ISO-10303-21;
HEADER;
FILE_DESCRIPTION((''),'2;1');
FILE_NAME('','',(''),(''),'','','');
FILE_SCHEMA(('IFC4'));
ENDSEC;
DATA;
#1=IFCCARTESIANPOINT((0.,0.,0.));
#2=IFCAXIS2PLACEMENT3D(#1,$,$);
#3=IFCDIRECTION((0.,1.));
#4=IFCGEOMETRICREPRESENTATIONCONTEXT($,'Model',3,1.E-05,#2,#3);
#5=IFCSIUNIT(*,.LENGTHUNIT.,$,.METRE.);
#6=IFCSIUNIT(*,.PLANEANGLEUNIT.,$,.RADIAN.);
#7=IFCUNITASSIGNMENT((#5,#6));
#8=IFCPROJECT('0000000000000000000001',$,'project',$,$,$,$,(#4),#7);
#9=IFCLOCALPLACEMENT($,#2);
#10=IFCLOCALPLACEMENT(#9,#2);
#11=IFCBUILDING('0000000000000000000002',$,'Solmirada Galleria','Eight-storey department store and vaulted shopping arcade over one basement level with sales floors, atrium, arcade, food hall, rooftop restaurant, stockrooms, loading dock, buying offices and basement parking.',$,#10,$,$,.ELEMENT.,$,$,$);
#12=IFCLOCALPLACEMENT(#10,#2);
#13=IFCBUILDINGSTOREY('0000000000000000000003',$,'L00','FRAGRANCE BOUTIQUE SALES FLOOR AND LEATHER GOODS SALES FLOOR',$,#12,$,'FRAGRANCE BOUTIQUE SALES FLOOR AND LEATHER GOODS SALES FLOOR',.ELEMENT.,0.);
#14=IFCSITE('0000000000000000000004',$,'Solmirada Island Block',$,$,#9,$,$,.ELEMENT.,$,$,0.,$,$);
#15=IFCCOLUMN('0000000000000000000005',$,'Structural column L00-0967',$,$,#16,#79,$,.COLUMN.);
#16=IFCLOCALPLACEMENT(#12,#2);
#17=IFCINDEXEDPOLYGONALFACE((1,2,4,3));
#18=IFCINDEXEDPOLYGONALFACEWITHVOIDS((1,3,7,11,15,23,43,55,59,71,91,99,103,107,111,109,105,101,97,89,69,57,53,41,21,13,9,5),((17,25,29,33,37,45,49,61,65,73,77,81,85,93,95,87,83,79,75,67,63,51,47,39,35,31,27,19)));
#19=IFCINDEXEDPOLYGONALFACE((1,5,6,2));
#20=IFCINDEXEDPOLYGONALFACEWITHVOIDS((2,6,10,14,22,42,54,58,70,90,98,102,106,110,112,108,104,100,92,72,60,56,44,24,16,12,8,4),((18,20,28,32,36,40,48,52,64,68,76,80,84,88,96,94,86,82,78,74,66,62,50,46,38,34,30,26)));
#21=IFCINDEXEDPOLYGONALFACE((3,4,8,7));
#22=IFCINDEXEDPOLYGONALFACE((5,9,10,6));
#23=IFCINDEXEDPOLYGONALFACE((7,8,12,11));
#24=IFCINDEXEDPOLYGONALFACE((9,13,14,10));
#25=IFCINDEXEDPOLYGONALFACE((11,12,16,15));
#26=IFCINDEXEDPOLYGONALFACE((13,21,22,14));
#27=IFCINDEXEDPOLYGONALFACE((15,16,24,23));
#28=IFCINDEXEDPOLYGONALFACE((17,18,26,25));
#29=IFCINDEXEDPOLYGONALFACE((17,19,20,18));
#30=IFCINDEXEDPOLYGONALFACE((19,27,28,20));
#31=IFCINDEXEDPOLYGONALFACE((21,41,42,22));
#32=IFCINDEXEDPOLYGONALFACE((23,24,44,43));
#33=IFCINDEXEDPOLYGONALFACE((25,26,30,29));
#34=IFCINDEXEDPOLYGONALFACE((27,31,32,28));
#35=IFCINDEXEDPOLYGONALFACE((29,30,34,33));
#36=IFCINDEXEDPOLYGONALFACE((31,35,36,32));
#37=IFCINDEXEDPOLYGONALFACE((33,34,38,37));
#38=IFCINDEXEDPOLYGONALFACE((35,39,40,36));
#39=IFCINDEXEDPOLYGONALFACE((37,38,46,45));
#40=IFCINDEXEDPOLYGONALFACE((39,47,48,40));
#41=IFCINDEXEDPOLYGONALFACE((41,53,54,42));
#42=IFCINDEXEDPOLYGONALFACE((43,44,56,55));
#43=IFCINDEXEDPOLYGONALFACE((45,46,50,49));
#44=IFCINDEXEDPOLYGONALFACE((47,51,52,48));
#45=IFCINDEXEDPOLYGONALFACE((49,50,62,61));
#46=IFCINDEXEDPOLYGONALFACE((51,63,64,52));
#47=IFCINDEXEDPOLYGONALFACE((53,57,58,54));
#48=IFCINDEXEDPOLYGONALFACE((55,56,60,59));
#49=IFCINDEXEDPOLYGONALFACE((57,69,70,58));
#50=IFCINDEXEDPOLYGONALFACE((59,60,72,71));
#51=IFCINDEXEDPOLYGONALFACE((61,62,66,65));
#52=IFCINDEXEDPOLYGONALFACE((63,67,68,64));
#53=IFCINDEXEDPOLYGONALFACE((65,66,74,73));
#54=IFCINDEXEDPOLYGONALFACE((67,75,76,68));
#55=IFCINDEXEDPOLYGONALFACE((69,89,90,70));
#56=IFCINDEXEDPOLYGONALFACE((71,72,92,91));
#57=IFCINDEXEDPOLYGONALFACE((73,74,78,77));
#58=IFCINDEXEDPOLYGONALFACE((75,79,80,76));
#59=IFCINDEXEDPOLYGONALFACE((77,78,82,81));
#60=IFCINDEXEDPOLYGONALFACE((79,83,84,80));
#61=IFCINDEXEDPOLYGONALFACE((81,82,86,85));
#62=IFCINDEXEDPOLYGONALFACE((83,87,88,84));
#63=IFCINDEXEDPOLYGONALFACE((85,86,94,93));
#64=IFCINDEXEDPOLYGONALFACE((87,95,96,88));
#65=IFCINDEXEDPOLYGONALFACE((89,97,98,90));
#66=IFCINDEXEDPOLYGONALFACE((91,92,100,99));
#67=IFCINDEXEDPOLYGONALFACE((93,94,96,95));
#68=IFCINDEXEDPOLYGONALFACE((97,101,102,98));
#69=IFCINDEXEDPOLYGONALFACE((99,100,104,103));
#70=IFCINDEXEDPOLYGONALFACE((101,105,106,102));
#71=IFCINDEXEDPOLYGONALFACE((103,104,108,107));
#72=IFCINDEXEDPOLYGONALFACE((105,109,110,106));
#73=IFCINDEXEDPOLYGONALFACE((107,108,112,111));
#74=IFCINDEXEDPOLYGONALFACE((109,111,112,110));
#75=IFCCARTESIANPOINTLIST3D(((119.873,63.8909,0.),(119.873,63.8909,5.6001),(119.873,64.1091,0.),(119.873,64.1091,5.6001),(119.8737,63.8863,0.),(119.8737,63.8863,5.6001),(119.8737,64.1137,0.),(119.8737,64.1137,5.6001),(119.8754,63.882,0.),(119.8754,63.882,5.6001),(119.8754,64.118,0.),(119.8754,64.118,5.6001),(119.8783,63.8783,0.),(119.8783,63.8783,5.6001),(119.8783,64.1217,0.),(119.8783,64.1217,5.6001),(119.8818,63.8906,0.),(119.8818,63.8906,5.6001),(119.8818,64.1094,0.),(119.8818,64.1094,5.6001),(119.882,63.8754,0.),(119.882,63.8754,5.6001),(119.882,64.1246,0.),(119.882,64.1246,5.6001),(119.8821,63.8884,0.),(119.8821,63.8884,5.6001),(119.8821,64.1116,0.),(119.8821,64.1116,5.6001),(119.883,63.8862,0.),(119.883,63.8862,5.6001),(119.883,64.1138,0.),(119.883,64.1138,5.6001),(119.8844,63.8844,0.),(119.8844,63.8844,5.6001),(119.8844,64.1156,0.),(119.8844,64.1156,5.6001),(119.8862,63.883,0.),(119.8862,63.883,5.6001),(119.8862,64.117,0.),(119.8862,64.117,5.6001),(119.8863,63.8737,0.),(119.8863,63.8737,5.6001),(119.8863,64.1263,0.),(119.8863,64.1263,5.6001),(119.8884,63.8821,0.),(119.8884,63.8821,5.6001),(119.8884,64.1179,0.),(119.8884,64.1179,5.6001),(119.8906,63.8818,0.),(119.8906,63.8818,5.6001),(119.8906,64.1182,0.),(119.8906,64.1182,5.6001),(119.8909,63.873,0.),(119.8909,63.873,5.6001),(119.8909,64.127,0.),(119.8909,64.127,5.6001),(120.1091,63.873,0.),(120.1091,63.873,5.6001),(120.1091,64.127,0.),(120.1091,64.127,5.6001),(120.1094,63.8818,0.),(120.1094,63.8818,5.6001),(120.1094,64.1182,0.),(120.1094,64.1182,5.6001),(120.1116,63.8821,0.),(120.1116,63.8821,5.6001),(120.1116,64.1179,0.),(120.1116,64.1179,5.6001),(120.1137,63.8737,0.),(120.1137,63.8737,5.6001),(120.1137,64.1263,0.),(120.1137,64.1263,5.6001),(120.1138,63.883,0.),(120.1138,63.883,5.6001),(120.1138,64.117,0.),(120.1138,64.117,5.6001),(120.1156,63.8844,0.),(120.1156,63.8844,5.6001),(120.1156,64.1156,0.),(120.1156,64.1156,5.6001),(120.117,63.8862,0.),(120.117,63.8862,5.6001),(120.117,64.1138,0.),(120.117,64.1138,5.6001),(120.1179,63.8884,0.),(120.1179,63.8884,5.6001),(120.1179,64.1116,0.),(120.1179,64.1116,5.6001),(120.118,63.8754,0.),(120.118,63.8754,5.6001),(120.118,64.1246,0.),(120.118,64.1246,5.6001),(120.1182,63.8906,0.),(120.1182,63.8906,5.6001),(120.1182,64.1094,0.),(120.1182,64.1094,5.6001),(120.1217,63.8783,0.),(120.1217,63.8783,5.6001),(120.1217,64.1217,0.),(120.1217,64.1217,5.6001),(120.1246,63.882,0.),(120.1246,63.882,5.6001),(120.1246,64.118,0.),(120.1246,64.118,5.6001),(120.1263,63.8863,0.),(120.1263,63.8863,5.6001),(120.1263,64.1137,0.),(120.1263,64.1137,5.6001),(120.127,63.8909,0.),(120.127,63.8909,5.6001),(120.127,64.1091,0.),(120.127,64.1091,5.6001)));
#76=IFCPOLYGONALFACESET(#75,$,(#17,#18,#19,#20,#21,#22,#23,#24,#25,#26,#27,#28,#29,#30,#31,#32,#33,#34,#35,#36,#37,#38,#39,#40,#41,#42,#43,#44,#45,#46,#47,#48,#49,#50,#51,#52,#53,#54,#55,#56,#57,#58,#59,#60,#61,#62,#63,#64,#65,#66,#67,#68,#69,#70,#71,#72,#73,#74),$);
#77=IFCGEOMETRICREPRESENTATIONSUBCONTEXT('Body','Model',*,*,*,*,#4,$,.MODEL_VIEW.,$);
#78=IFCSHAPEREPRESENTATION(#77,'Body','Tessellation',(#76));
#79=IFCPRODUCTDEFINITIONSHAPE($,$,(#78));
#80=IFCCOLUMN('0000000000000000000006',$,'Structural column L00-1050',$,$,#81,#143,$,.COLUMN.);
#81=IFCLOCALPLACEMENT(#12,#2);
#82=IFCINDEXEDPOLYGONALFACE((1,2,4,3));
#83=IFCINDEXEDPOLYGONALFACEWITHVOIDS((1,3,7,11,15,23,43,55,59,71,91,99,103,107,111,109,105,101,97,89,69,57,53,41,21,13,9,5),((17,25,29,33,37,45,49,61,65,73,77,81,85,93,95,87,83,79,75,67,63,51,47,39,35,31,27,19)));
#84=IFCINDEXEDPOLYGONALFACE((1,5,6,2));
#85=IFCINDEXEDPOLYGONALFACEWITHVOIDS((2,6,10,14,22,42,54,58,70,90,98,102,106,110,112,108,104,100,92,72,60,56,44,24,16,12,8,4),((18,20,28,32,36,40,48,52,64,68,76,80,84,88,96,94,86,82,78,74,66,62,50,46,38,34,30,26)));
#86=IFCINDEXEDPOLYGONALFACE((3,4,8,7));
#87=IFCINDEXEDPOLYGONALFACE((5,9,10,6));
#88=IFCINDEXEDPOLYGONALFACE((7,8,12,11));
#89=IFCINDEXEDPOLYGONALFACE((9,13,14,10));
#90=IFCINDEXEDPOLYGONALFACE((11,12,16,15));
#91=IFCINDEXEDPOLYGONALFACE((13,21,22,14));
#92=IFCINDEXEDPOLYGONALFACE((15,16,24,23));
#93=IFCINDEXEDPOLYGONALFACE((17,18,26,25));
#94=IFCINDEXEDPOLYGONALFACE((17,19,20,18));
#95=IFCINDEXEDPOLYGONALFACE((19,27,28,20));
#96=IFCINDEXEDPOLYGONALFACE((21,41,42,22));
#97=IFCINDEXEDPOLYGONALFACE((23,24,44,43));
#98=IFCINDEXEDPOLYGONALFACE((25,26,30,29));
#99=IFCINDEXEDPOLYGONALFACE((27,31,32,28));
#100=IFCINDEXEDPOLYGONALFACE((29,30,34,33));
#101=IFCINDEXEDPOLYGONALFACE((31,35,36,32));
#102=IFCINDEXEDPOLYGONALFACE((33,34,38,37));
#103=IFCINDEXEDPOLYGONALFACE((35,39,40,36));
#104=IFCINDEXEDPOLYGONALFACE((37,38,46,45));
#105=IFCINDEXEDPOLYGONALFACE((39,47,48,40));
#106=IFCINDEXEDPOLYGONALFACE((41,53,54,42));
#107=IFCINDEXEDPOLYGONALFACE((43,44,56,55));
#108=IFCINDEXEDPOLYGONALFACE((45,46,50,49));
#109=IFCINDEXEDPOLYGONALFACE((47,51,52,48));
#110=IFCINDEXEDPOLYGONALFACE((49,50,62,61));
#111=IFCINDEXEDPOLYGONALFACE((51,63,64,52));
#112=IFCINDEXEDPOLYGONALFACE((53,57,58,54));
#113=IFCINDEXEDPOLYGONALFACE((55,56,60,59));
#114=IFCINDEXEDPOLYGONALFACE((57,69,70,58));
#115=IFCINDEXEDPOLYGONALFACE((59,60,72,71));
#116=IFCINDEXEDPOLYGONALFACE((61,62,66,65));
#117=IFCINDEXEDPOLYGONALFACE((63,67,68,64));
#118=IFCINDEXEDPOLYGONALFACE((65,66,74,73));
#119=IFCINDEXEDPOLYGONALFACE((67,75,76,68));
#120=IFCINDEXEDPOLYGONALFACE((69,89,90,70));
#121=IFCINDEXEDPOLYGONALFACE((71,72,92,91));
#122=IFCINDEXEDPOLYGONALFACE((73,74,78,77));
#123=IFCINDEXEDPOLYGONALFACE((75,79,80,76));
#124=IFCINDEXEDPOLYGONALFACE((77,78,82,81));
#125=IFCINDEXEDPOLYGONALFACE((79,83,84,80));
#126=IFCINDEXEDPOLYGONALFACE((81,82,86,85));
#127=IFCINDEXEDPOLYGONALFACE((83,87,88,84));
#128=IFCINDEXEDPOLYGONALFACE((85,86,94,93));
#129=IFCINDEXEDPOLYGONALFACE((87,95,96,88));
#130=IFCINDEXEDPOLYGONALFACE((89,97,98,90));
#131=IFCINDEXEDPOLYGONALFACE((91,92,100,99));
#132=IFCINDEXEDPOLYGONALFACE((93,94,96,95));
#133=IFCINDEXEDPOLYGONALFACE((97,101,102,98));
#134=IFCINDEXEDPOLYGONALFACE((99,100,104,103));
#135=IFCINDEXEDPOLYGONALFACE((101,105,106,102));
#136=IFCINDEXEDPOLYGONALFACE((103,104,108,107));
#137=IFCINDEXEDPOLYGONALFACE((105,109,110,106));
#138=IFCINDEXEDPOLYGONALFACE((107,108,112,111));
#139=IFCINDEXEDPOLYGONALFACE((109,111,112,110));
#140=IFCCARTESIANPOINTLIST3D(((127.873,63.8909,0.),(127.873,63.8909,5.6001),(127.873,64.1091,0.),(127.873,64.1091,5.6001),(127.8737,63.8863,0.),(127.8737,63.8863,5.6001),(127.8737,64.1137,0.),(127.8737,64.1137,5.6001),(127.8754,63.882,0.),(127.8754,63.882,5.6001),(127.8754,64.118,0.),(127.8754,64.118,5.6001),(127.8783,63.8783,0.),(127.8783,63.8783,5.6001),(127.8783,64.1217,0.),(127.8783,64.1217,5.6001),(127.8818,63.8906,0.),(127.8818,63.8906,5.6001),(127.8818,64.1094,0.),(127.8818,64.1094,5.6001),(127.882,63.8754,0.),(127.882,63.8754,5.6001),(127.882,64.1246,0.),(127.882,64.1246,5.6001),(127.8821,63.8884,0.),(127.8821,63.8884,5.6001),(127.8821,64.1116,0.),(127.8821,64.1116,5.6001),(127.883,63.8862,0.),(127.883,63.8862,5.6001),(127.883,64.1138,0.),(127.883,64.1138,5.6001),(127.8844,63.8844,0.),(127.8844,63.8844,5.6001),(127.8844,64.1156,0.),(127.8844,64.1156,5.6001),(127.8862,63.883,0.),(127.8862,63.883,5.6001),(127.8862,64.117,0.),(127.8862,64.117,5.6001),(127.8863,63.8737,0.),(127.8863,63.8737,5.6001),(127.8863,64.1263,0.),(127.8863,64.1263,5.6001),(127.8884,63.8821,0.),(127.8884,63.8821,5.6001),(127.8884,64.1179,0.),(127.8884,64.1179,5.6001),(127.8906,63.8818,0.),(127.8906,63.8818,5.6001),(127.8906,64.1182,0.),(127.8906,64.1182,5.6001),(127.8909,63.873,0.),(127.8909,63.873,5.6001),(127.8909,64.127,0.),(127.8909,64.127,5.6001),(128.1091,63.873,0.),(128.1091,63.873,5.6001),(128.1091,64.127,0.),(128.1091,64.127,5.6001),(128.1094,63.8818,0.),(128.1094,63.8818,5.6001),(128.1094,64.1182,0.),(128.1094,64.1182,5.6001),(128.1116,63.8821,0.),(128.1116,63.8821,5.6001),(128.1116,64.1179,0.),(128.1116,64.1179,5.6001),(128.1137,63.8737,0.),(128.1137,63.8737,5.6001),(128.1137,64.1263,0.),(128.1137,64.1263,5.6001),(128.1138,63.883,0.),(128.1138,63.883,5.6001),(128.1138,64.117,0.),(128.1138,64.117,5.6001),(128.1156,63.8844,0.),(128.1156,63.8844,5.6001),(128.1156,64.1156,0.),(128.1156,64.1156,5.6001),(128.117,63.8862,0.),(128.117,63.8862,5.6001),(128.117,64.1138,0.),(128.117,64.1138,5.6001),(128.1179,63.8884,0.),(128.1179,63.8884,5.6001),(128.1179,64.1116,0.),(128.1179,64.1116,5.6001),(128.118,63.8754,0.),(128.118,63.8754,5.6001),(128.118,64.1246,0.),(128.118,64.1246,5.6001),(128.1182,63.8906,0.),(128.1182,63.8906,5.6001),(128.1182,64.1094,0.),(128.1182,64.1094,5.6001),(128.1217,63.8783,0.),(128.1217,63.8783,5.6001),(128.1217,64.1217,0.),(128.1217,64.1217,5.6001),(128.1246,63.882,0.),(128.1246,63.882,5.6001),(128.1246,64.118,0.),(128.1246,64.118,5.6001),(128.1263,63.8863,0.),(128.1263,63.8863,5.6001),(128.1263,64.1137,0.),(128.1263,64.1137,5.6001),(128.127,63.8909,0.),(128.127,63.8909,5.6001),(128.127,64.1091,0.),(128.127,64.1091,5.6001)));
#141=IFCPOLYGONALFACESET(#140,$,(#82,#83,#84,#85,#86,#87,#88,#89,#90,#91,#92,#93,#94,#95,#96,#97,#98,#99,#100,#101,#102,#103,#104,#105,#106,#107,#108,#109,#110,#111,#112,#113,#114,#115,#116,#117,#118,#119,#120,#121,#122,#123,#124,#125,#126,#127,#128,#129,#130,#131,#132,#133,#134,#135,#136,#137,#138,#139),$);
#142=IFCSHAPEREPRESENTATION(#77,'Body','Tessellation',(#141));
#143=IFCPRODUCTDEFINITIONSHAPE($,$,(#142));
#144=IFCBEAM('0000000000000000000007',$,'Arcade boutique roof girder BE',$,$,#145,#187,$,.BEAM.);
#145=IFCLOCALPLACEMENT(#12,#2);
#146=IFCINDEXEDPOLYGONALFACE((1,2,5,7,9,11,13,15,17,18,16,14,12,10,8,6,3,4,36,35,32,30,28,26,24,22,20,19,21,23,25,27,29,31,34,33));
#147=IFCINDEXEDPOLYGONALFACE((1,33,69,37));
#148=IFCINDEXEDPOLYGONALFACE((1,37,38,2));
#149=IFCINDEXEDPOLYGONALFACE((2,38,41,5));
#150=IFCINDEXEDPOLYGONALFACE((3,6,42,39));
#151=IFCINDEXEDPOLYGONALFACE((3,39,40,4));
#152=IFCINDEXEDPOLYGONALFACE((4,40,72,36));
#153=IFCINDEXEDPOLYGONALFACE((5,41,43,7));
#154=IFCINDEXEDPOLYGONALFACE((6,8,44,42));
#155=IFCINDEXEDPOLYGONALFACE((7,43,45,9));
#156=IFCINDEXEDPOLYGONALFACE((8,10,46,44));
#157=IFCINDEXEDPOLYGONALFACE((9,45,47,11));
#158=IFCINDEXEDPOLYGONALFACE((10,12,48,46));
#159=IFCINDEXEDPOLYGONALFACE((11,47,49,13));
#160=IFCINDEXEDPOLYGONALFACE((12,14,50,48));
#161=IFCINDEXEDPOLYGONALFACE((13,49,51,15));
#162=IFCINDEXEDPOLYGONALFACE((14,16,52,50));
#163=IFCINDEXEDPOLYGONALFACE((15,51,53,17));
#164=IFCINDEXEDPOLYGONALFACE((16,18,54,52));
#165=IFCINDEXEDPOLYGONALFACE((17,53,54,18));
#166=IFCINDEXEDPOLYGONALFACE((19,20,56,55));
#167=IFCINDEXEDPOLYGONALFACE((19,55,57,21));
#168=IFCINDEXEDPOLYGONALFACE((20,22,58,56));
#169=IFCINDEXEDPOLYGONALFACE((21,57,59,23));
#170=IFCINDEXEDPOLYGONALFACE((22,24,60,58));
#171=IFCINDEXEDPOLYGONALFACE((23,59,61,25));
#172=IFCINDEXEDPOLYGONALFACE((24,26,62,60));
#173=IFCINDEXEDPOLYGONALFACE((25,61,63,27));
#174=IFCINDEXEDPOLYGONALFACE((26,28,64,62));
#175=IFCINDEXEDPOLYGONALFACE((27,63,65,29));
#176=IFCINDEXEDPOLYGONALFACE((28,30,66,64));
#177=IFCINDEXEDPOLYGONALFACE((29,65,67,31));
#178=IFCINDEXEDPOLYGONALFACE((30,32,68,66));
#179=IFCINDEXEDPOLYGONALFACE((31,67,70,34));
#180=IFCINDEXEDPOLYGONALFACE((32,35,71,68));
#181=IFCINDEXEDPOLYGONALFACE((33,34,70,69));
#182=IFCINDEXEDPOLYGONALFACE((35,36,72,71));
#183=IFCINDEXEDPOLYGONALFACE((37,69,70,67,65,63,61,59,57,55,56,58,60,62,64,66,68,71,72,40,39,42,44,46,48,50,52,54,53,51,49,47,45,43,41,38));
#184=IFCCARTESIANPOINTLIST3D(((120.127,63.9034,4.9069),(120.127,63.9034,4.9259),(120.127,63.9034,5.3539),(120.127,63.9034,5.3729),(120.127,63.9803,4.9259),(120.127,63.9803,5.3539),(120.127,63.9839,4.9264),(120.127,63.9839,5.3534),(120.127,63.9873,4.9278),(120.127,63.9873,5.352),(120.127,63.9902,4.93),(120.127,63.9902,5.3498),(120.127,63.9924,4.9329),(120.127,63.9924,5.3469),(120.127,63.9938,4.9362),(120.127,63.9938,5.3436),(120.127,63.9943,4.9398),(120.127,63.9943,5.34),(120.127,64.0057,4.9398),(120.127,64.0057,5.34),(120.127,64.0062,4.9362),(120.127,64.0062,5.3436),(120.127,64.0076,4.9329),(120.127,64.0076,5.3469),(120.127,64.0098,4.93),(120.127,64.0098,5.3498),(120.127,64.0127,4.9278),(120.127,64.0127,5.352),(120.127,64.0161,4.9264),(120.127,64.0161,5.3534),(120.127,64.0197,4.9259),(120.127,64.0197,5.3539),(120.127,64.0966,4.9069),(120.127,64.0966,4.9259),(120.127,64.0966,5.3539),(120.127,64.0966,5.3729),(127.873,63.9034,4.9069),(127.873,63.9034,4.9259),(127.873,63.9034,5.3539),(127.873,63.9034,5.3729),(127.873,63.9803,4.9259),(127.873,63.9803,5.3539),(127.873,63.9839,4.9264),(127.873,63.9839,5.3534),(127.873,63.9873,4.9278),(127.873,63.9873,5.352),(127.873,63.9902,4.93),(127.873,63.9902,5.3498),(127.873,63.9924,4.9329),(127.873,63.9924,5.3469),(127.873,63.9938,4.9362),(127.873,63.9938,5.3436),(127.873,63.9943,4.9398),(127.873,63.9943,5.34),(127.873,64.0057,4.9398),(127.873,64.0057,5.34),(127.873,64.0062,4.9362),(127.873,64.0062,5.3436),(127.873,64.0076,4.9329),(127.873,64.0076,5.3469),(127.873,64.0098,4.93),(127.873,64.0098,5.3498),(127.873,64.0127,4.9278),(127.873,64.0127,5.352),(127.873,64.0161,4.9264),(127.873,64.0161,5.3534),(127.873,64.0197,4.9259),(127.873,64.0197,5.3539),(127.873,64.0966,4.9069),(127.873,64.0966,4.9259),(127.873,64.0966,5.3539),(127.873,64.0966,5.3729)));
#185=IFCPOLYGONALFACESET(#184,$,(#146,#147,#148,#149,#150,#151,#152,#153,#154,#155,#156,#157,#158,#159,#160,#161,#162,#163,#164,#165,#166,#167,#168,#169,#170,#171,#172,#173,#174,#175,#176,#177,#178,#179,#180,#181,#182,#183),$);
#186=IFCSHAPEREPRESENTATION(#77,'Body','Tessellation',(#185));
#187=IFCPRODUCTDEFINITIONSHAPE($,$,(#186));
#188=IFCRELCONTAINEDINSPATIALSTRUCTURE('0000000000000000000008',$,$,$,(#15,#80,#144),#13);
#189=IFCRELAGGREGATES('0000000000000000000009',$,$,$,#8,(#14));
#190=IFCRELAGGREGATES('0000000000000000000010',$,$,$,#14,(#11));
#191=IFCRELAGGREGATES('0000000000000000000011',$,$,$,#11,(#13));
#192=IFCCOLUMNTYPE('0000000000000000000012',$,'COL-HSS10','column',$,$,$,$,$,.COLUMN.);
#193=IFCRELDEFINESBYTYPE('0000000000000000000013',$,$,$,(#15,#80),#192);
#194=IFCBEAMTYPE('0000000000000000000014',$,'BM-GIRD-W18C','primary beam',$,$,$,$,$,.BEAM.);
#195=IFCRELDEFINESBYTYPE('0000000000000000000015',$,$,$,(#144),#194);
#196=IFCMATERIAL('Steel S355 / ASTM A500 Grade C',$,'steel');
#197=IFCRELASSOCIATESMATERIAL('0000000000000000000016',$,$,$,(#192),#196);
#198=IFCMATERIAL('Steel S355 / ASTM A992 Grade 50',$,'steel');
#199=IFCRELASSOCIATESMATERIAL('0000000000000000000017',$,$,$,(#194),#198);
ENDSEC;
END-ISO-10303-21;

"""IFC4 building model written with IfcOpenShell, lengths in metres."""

from ifc_helpers import new_model, si_unit, direction, frame, origin, origin_2d, place, context, subcontext, project, spatial, hollow_rectangle, i_section, extrude, material, material_profile, profile_set, type_object, element, save


model = new_model("IFC4")

# Units and contexts
model_context = context("Model", 3, precision=1e-05, world=origin(), true_north=direction((0.0, 1.0)))
body_context = subcontext(model_context, "Body", "Model", "MODEL_VIEW")
ifc_project = project(units=[si_unit("LENGTHUNIT", "METRE"), si_unit("PLANEANGLEUNIT", "RADIAN")], contexts=[model_context])

# Site, building, storey
site_placement = place(None, origin())
site = spatial("IfcSite", under=ifc_project, at=site_placement, Name="Solmirada Island Block", CompositionType="ELEMENT", RefElevation=0.0)
building_placement = place(site_placement, origin())
building = spatial("IfcBuilding", under=site, at=building_placement, Name="Solmirada Galleria", Description="Eight-storey department store and vaulted shopping arcade over one basement level with sales floors, atrium, arcade, food hall, rooftop restaurant, stockrooms, loading dock, buying offices and basement parking.", CompositionType="ELEMENT")
storey_placement = place(building_placement, origin())
storey = spatial("IfcBuildingStorey", under=building, at=storey_placement, Name="L00", Description="FRAGRANCE BOUTIQUE SALES FLOOR AND LEATHER GOODS SALES FLOOR", LongName="FRAGRANCE BOUTIQUE SALES FLOOR AND LEATHER GOODS SALES FLOOR", CompositionType="ELEMENT", Elevation=0.0)

# Columns
ifc_material_1 = material(Name="Steel S355 / ASTM A500 Grade C", Category="steel")
ifc_material_profile_1 = material_profile(ifc_material_1, hollow_rectangle(XDim=0.2539, YDim=0.2539, WallThickness=0.0088, InnerFilletRadius=0.0088, OuterFilletRadius=0.0178, at=origin_2d()), Name="HSS10X10X3/8")
ifc_profile_set_1 = profile_set([ifc_material_profile_1], Name="Steel S355 / ASTM A500 Grade C")
column_type = type_object("IfcColumnType", Name="COL-HSS10", Description="column", PredefinedType="COLUMN", material=ifc_profile_set_1)
for number, where, z_axis, x_axis, name in (
    (1, (120.0, 64.0, 0.0), (0.0, 0.0, 1.0), (1.0, 0.0, 0.0), "Structural column L00-0967"),
    (2, (128.0, 64.0, 0.0), (0.0, 0.0, 1.0), (1.0, 0.0, 0.0), "Structural column L00-1050"),
):
    element("IfcColumn", number, at=place(storey_placement, frame(where, z_axis=z_axis, x_axis=x_axis)), inside=storey, type_object=column_type, Name=name, PredefinedType="COLUMN", context=body_context, shape_type="SweptSolid", body=[
        extrude(hollow_rectangle(XDim=0.2539, YDim=0.2539, WallThickness=0.0088, InnerFilletRadius=0.0088, OuterFilletRadius=0.0178, at=origin_2d()), origin(), (0.0, 0.0, 1.0), 5.6001),
    ])

# Beam
ifc_material_2 = material(Name="Steel S355 / ASTM A992 Grade 50", Category="steel")
ifc_material_profile_2 = material_profile(ifc_material_2, i_section(OverallWidth=0.1931, OverallDepth=0.4661, WebThickness=0.0115, FlangeThickness=0.019, FilletRadius=0.0139, at=origin_2d()), Name="W18X65")
ifc_profile_set_2 = profile_set([ifc_material_profile_2], Name="Steel S355 / ASTM A992 Grade 50")
beam_type = type_object("IfcBeamType", Name="BM-GIRD-W18C", Description="primary beam", PredefinedType="BEAM", material=ifc_profile_set_2)
for number, where, z_axis, x_axis, name in (
    (3, (120.127, 64.0, 5.1399), (1.0, 0.0, 0.0), (0.0, 1.0, 0.0), "Arcade boutique roof girder BE"),
):
    element("IfcBeam", number, at=place(storey_placement, frame(where, z_axis=z_axis, x_axis=x_axis)), inside=storey, type_object=beam_type, Name=name, PredefinedType="BEAM", context=body_context, shape_type="SweptSolid", body=[
        extrude(i_section(OverallWidth=0.1931, OverallDepth=0.4661, WebThickness=0.0115, FlangeThickness=0.019, FilletRadius=0.0139, at=origin_2d()), origin(), (0.0, 0.0, 1.0), 7.7461),
    ])

save(model, "model.ifc")
